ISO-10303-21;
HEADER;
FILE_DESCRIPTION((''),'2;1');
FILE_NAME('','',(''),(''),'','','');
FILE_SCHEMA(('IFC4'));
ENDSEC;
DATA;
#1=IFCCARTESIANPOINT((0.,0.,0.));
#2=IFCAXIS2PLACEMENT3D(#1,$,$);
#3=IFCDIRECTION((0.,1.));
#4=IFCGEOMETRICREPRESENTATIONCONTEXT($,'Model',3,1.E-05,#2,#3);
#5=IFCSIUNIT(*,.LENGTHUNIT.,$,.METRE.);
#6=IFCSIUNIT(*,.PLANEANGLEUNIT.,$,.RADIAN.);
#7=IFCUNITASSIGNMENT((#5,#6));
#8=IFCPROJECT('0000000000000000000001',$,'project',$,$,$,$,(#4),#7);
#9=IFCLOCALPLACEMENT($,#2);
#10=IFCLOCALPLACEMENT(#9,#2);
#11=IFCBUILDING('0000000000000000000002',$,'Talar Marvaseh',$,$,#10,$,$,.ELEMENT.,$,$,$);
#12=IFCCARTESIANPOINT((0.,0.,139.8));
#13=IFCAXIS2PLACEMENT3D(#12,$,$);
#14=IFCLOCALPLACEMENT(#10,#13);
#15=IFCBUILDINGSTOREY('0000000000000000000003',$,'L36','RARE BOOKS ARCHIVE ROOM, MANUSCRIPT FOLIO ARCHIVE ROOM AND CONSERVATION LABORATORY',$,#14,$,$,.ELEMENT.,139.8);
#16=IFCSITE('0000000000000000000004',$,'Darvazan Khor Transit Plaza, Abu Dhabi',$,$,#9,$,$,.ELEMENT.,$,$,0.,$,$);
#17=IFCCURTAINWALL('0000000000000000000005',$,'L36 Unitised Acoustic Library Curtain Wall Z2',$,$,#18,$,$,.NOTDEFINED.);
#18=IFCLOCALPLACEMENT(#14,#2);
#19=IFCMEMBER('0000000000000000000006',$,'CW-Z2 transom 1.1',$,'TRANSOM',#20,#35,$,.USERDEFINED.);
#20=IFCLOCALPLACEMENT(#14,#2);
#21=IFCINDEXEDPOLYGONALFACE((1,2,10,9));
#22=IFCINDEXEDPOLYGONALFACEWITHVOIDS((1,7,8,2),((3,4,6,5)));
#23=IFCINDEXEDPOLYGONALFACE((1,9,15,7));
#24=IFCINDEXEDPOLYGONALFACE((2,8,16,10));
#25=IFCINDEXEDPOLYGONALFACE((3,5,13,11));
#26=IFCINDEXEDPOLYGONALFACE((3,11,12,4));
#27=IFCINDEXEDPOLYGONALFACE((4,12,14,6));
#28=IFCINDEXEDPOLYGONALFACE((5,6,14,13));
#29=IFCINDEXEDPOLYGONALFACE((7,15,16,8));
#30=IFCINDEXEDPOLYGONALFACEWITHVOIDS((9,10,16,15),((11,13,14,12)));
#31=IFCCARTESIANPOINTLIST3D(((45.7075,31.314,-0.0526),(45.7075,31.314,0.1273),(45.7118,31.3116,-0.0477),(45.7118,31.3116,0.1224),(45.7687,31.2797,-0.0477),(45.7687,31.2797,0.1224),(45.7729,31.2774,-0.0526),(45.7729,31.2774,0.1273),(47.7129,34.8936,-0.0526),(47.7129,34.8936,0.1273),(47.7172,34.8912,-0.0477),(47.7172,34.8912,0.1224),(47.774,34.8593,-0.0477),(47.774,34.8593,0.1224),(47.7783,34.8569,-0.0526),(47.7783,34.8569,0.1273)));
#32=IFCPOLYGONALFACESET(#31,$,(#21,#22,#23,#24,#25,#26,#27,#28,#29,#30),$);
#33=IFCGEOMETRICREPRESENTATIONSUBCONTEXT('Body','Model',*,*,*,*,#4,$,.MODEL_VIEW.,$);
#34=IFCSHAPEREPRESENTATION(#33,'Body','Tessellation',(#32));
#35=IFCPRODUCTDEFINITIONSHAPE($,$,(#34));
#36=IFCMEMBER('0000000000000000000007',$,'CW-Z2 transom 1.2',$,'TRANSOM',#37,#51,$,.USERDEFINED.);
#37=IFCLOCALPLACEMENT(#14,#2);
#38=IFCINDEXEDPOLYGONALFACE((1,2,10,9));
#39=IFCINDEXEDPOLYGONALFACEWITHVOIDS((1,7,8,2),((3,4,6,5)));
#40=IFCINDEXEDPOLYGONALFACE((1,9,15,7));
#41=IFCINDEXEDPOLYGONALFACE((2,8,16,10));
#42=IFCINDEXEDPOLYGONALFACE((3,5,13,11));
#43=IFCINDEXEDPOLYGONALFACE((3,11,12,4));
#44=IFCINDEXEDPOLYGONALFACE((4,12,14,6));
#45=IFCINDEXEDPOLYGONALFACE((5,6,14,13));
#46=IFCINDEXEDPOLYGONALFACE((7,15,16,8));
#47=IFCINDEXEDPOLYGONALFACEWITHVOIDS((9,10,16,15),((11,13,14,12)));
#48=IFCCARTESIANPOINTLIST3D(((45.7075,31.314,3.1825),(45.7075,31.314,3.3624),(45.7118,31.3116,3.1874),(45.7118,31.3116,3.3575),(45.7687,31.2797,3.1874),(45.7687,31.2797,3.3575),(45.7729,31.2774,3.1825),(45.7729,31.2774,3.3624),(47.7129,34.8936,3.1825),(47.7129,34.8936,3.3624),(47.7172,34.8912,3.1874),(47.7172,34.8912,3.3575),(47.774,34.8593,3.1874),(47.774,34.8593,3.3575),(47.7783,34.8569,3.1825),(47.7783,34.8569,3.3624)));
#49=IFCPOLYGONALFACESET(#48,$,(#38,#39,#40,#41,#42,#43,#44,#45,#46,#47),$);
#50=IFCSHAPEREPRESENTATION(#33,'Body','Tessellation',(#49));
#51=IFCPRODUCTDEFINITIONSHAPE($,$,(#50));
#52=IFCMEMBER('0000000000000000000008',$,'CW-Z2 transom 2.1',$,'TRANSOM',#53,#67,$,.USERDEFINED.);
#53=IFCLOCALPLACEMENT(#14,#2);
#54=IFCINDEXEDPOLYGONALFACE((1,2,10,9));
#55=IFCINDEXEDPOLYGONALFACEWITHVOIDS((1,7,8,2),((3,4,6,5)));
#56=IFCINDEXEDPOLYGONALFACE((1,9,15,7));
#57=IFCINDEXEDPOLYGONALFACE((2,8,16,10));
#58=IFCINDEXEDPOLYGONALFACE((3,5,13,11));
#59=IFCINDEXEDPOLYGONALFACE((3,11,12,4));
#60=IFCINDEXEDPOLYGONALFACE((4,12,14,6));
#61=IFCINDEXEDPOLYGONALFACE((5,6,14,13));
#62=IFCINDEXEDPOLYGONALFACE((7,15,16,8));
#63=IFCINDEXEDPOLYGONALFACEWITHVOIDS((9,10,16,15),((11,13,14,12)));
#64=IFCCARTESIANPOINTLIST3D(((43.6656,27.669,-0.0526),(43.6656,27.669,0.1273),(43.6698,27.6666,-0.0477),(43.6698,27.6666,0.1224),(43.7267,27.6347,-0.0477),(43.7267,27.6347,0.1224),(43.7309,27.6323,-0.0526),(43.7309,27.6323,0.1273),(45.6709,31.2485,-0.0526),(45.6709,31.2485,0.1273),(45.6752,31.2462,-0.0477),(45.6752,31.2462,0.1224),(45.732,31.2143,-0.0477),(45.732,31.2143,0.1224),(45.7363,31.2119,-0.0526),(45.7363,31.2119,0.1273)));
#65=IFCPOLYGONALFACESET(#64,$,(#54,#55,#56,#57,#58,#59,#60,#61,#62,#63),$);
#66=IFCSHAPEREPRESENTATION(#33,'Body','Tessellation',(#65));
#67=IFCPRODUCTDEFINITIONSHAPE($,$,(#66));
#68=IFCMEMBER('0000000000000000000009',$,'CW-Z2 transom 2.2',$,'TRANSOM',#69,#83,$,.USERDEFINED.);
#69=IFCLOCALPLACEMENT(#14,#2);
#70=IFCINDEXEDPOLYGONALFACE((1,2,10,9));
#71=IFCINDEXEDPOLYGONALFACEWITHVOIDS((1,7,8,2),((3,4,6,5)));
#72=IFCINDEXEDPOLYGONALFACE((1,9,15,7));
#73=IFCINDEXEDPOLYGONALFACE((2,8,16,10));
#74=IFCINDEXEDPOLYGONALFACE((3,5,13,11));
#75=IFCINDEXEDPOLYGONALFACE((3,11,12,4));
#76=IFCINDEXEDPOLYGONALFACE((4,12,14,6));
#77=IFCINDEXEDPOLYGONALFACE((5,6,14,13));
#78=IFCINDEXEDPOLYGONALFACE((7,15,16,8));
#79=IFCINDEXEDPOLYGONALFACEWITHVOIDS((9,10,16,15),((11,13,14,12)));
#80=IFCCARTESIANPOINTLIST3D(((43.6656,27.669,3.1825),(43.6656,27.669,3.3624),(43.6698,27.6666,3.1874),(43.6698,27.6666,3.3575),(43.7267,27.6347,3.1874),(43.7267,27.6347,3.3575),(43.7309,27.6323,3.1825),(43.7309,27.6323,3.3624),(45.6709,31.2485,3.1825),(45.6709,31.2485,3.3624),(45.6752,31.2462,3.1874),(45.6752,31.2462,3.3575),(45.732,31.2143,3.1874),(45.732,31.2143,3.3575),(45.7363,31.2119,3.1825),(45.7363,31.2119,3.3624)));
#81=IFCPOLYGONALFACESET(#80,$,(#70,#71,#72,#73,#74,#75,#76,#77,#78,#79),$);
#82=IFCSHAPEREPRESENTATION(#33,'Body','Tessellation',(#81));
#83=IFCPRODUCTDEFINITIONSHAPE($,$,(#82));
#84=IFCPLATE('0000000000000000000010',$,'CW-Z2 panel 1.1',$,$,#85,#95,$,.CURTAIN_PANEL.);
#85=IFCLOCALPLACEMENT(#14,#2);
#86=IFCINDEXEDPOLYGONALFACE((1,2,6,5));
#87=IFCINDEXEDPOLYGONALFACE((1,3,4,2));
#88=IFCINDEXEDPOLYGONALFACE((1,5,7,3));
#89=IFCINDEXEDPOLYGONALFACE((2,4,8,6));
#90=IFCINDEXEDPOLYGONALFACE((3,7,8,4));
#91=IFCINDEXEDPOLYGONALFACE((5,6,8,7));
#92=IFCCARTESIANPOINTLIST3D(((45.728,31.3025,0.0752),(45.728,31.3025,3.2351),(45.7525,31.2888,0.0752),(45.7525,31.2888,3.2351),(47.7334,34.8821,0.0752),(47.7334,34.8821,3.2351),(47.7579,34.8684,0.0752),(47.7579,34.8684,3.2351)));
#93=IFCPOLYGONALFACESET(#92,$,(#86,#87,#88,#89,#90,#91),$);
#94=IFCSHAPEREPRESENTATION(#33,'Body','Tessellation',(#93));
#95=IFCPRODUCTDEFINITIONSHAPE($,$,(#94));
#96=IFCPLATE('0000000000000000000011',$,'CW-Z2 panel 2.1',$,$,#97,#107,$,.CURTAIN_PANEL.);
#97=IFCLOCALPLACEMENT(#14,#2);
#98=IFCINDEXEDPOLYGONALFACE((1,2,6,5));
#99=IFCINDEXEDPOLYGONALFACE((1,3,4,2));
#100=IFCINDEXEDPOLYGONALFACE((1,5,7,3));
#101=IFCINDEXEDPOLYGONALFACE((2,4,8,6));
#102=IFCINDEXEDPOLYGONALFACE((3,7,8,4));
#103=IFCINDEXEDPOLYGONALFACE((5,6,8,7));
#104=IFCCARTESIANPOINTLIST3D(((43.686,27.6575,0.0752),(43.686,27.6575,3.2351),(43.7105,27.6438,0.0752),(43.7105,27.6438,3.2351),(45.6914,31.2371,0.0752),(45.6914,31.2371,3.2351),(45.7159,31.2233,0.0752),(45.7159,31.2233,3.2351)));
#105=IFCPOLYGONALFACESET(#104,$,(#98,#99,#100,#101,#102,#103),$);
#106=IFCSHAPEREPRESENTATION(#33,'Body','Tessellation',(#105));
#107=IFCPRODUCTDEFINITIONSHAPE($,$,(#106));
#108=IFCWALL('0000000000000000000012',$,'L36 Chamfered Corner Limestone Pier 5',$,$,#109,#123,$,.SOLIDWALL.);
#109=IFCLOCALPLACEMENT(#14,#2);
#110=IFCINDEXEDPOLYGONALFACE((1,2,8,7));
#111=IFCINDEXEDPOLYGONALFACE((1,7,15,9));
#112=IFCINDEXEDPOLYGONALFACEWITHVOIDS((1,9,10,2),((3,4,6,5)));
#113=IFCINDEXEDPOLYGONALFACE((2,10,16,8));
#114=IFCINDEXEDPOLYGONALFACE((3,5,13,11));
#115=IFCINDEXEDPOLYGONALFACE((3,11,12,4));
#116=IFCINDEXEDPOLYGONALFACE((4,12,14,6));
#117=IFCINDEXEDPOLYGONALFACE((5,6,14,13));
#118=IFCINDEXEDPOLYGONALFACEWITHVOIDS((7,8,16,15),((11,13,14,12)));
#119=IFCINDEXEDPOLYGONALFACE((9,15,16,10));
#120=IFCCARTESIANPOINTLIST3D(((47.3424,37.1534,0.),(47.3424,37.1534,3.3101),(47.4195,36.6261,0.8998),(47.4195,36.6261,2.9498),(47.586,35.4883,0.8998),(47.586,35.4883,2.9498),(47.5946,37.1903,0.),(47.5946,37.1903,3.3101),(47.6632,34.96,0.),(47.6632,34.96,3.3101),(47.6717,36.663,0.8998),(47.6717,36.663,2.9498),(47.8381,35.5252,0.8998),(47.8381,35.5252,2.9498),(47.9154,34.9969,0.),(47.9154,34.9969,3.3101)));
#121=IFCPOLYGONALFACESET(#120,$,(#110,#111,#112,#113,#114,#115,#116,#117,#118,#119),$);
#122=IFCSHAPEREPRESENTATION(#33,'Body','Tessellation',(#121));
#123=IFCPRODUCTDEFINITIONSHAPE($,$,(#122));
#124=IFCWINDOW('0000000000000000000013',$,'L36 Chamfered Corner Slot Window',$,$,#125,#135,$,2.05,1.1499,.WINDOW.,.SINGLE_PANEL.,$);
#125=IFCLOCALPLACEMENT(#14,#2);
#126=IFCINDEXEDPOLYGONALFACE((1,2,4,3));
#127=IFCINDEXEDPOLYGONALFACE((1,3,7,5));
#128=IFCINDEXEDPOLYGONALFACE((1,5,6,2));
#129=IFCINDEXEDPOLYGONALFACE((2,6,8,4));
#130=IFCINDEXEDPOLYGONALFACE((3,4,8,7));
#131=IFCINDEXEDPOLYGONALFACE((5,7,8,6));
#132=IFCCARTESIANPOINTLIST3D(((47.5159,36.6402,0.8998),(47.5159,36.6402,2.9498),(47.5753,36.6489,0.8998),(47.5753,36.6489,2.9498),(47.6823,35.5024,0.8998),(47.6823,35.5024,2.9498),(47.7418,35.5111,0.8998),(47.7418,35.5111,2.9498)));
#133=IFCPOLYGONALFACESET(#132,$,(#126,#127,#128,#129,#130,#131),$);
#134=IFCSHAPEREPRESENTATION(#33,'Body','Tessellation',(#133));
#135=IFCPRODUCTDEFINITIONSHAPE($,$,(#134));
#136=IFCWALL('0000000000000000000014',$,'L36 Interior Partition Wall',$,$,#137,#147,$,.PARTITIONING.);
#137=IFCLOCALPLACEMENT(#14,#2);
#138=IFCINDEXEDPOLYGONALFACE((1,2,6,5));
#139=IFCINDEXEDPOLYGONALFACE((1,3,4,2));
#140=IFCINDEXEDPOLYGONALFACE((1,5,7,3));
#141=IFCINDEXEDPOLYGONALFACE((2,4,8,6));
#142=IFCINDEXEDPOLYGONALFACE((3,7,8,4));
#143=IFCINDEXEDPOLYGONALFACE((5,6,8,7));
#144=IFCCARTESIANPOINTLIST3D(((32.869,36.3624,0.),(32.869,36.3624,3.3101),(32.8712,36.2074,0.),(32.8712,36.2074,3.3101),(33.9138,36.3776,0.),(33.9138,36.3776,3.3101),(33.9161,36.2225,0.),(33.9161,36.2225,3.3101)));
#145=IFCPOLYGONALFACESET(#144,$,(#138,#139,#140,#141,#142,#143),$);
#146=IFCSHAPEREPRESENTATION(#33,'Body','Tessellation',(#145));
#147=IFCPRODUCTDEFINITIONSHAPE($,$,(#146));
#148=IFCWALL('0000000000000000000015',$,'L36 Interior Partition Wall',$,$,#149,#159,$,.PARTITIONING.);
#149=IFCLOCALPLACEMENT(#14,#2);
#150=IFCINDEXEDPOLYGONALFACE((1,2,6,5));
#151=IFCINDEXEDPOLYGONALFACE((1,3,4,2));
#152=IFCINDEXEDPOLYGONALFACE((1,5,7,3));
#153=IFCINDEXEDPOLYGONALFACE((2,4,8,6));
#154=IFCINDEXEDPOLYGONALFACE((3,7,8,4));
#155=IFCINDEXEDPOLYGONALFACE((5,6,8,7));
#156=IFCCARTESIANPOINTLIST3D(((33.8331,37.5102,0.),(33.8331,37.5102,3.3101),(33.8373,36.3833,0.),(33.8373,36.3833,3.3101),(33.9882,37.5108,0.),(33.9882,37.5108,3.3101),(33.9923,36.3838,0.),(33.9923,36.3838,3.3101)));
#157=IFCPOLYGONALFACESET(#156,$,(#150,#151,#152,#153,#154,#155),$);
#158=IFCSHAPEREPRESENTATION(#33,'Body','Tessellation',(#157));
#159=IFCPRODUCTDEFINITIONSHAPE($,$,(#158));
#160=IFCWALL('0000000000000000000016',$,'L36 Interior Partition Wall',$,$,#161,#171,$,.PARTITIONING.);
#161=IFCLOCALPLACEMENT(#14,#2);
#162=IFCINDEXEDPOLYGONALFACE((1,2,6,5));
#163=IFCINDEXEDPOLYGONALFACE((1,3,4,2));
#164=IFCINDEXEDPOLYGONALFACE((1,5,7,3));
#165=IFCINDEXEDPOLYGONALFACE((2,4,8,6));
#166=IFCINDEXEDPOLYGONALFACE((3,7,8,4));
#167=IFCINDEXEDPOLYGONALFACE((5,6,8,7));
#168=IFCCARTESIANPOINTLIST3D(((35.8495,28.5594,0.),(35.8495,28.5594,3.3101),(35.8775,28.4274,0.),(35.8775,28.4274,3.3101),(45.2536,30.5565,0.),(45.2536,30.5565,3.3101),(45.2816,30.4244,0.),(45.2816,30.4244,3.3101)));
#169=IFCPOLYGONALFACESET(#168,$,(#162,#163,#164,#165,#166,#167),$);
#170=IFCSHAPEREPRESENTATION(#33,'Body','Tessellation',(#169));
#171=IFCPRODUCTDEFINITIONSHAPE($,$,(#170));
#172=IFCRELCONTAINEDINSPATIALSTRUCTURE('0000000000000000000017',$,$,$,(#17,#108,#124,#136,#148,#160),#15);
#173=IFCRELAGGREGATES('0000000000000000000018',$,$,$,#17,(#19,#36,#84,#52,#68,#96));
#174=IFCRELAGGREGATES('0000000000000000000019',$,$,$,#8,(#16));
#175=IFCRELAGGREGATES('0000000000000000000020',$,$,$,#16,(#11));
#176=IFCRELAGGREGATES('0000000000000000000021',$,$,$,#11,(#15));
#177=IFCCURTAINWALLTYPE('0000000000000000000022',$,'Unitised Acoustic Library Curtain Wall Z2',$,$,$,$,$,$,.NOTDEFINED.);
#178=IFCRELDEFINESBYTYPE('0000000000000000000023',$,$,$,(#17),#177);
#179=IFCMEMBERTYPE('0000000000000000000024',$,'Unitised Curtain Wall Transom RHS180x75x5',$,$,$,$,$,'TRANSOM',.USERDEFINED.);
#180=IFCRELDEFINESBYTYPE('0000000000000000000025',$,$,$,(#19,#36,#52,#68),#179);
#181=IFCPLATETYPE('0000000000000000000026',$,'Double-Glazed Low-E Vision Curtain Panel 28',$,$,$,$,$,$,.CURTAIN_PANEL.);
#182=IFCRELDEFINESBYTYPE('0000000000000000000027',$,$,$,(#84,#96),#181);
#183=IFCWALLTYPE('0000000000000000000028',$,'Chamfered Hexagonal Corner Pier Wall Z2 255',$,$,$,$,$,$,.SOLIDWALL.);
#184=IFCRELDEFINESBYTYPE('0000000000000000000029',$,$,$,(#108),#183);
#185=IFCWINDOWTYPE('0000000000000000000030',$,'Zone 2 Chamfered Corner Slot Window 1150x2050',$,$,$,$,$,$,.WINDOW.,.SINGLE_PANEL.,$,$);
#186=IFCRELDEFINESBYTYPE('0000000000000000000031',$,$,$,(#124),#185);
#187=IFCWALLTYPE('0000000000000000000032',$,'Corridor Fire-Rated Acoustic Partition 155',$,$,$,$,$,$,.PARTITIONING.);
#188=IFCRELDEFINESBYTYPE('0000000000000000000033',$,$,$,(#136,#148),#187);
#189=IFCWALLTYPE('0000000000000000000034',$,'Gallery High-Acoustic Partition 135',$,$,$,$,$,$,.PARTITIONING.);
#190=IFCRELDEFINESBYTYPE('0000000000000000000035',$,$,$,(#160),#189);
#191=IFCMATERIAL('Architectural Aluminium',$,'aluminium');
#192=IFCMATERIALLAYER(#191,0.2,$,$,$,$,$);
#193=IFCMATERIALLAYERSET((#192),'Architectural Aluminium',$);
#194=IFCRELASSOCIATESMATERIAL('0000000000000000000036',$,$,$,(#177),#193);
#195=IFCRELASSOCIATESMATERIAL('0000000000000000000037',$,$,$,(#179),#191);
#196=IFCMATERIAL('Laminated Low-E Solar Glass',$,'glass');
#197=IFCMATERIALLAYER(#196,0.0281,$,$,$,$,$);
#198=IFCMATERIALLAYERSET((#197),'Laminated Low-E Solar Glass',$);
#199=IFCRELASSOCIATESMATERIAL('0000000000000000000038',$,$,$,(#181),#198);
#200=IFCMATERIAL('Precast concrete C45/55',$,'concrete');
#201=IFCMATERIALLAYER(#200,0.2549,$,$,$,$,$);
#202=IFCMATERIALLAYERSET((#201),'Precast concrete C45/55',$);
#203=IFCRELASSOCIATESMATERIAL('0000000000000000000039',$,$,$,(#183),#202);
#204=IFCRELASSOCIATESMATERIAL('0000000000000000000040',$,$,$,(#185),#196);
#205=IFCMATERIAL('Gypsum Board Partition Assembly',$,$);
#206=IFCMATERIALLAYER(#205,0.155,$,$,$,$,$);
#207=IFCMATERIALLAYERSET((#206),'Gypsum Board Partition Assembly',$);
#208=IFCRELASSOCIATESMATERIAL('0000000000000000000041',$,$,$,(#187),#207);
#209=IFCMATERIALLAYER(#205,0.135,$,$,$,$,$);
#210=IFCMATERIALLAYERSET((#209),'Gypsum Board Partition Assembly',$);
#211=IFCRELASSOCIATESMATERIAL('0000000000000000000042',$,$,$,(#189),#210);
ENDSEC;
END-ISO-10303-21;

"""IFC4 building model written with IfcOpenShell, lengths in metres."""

from ifc_helpers import new_model, si_unit, direction, frame, frame_2d, origin, origin_2d, place, context, subcontext, project, spatial, rectangle, hollow_rectangle, extrude, source, transform, mapped, material, layer, layer_set, material_profile, profile_set, type_object, type_shapes, element, fill, aggregate, save


model = new_model("IFC4")

# Units and contexts
model_context = context("Model", 3, precision=1e-05, world=origin(), true_north=direction((0.0, 1.0)))
body_context = subcontext(model_context, "Body", "Model", "MODEL_VIEW")
ifc_project = project(units=[si_unit("LENGTHUNIT", "METRE"), si_unit("PLANEANGLEUNIT", "RADIAN")], contexts=[model_context])

# Site, building, storey
site_placement = place(None, origin())
site = spatial("IfcSite", under=ifc_project, at=site_placement, Name="Darvazan Khor Transit Plaza, Abu Dhabi", CompositionType="ELEMENT", RefElevation=0.0)
building_placement = place(site_placement, origin())
building = spatial("IfcBuilding", under=site, at=building_placement, Name="Talar Marvaseh", CompositionType="ELEMENT")
storey_placement = place(building_placement, frame((0.0, 0.0, 139.8)))
storey = spatial("IfcBuildingStorey", under=building, at=storey_placement, Name="L36", Description="RARE BOOKS ARCHIVE ROOM, MANUSCRIPT FOLIO ARCHIVE ROOM AND CONSERVATION LABORATORY", CompositionType="ELEMENT", Elevation=139.8)

# Shared definitions
ifc_material_1 = material(Name="Architectural Aluminium", Category="aluminium")
ifc_layer_1 = layer(ifc_material_1, 0.2)
ifc_layer_set_1 = layer_set([ifc_layer_1], Name="Architectural Aluminium")
curtain_wall_type = type_object("IfcCurtainWallType", Name="Unitised Acoustic Library Curtain Wall Z2", PredefinedType="NOTDEFINED", material=ifc_layer_set_1)

# Curtain wall, members, plates
curtain_wall_1_placement = place(storey_placement, origin())
curtain_wall_1 = element("IfcCurtainWall", 1, at=curtain_wall_1_placement, inside=storey, type_object=curtain_wall_type, Name="L36 Unitised Acoustic Library Curtain Wall Z2", PredefinedType="NOTDEFINED")
ifc_material_profile_1 = material_profile(ifc_material_1, hollow_rectangle(XDim=0.075, YDim=0.1799, WallThickness=0.0049, at=origin_2d()), Name="RHS180x75x5")
ifc_profile_set_1 = profile_set([ifc_material_profile_1], Name="Architectural Aluminium")
member_type_1 = type_object("IfcMemberType", Name="Unitised Curtain Wall Transom RHS180x75x5", ElementType="TRANSOM", PredefinedType="USERDEFINED", material=ifc_profile_set_1)
shared_shape_1 = source(origin(), body_context, "Body", "SweptSolid", [
    extrude(hollow_rectangle(XDim=0.075, YDim=0.1799, WallThickness=0.0049, at=origin_2d()), origin(), (0.0, 0.0, 1.0), 4.103),
])
type_shapes(member_type_1, [shared_shape_1])
member_1_placement = place(storey_placement, frame((47.7456, 34.8752, 0.0374), z_axis=(-0.488752, -0.872423, 0.0), x_axis=(0.872423, -0.488752, 0.0)))
member_1 = element("IfcMember", 2, at=member_1_placement, type_object=member_type_1, Name="CW-Z2 transom 1.1", ObjectType="TRANSOM", PredefinedType="USERDEFINED", context=body_context, shape_type="MappedRepresentation", body=[
    mapped(shared_shape_1, transform((0.0, 0.0, 0.0), x_axis=(1.0, 0.0, 0.0), y_axis=(0.0, 1.0, 0.0), z_axis=(0.0, 0.0, 1.0), scale=1.0)),
])
member_2_placement = place(storey_placement, frame((47.7456, 34.8752, 3.2725), z_axis=(-0.488752, -0.872423, 0.0), x_axis=(0.872423, -0.488752, 0.0)))
member_2 = element("IfcMember", 3, at=member_2_placement, type_object=member_type_1, Name="CW-Z2 transom 1.2", ObjectType="TRANSOM", PredefinedType="USERDEFINED", context=body_context, shape_type="MappedRepresentation", body=[
    mapped(shared_shape_1, transform((0.0, 0.0, 0.0), x_axis=(1.0, 0.0, 0.0), y_axis=(0.0, 1.0, 0.0), z_axis=(0.0, 0.0, 1.0), scale=1.0)),
])
member_3_placement = place(storey_placement, frame((45.7036, 31.2302, 0.0374), z_axis=(-0.488752, -0.872423, 0.0), x_axis=(0.872423, -0.488752, 0.0)))
member_3 = element("IfcMember", 4, at=member_3_placement, type_object=member_type_1, Name="CW-Z2 transom 2.1", ObjectType="TRANSOM", PredefinedType="USERDEFINED", context=body_context, shape_type="MappedRepresentation", body=[
    mapped(shared_shape_1, transform((0.0, 0.0, 0.0), x_axis=(1.0, 0.0, 0.0), y_axis=(0.0, 1.0, 0.0), z_axis=(0.0, 0.0, 1.0), scale=1.0)),
])
member_4_placement = place(storey_placement, frame((45.7036, 31.2302, 3.2725), z_axis=(-0.488752, -0.872423, 0.0), x_axis=(0.872423, -0.488752, 0.0)))
member_4 = element("IfcMember", 5, at=member_4_placement, type_object=member_type_1, Name="CW-Z2 transom 2.2", ObjectType="TRANSOM", PredefinedType="USERDEFINED", context=body_context, shape_type="MappedRepresentation", body=[
    mapped(shared_shape_1, transform((0.0, 0.0, 0.0), x_axis=(1.0, 0.0, 0.0), y_axis=(0.0, 1.0, 0.0), z_axis=(0.0, 0.0, 1.0), scale=1.0)),
])
ifc_material_2 = material(Name="Laminated Low-E Solar Glass", Category="glass")
ifc_layer_2 = layer(ifc_material_2, 0.0281)
ifc_layer_set_2 = layer_set([ifc_layer_2], Name="Laminated Low-E Solar Glass")
plate_type = type_object("IfcPlateType", Name="Double-Glazed Low-E Vision Curtain Panel 28", PredefinedType="CURTAIN_PANEL", material=ifc_layer_set_2)
shared_shape_2 = source(origin(), body_context, "Body", "SweptSolid", [
    extrude(rectangle(XDim=4.103, YDim=0.0281, at=origin_2d()), origin(), (0.0, 0.0, 1.0), 3.1599),
])
type_shapes(plate_type, [shared_shape_2])
plate_1_placement = place(storey_placement, frame((46.7429, 33.0854, 0.0752), z_axis=(0.0, 0.0, 1.0), x_axis=(-0.48876, -0.872418, 0.0)))
plate_1 = element("IfcPlate", 6, at=plate_1_placement, type_object=plate_type, Name="CW-Z2 panel 1.1", PredefinedType="CURTAIN_PANEL", context=body_context, shape_type="MappedRepresentation", body=[
    mapped(shared_shape_2, transform((0.0, 0.0, 0.0), x_axis=(1.0, 0.0, 0.0), y_axis=(0.0, 1.0, 0.0), z_axis=(0.0, 0.0, 1.0), scale=1.0)),
])
plate_2_placement = place(storey_placement, frame((44.7009, 29.4404, 0.0752), z_axis=(0.0, 0.0, 1.0), x_axis=(-0.48876, -0.872418, 0.0)))
plate_2 = element("IfcPlate", 7, at=plate_2_placement, type_object=plate_type, Name="CW-Z2 panel 2.1", PredefinedType="CURTAIN_PANEL", context=body_context, shape_type="MappedRepresentation", body=[
    mapped(shared_shape_2, transform((0.0, 0.0, 0.0), x_axis=(1.0, 0.0, 0.0), y_axis=(0.0, 1.0, 0.0), z_axis=(0.0, 0.0, 1.0), scale=1.0)),
])
aggregate(curtain_wall_1, [member_1, member_2, plate_1, member_3, member_4, plate_2])

# Wall, opening, window
ifc_material_3 = material(Name="Precast concrete C45/55", Category="concrete")
ifc_layer_3 = layer(ifc_material_3, 0.2549)
ifc_layer_set_3 = layer_set([ifc_layer_3], Name="Precast concrete C45/55")
wall_type_1 = type_object("IfcWallType", Name="Chamfered Hexagonal Corner Pier Wall Z2 255", PredefinedType="SOLIDWALL", material=ifc_layer_set_3)
wall_1_placement = place(storey_placement, frame((47.4685, 37.1719, 0.0), z_axis=(0.0, 0.0, 1.0), x_axis=(0.14472, -0.989473, 0.0)))
wall_1 = element("IfcWall", 8, at=wall_1_placement, inside=storey, type_object=wall_type_1, Name="L36 Chamfered Corner Limestone Pier 5", PredefinedType="SOLIDWALL", context=body_context, shape_type="SweptSolid", body=[
    extrude(rectangle(XDim=2.2168, YDim=0.2549, at=frame_2d((1.1084, 0.0))), origin(), (0.0, 0.0, 1.0), 3.3101),
])
opening_1_placement = place(wall_1_placement, frame((0.533, 0.0, 0.8999)))
opening_1 = element("IfcOpeningElement", 9, at=opening_1_placement, cuts=wall_1, PredefinedType="OPENING", context=body_context, shape_type="SweptSolid", body=[
    extrude(rectangle(XDim=1.1499, YDim=2.05, at=frame_2d((0.575, 1.0249))), frame((0.0, 0.1375, 0.0), z_axis=(0.0, -1.0, 0.0), x_axis=(1.0, 0.0, 0.0)), (0.0, 0.0, 1.0), 0.2749),
])
window_type = type_object("IfcWindowType", Name="Zone 2 Chamfered Corner Slot Window 1150x2050", PartitioningType="SINGLE_PANEL", PredefinedType="WINDOW", material=ifc_material_2)
shared_shape_3 = source(origin(), body_context, "Body", "SweptSolid", [
    extrude(rectangle(XDim=1.1499, YDim=2.05, at=frame_2d((0.575, 1.0249))), frame((0.0, 0.03, 0.0), z_axis=(0.0, -1.0, 0.0), x_axis=(1.0, 0.0, 0.0)), (0.0, 0.0, 1.0), 0.0601),
])
type_shapes(window_type, [shared_shape_3])
window_placement = place(opening_1_placement, origin())
window = element("IfcWindow", 10, at=window_placement, inside=storey, type_object=window_type, Name="L36 Chamfered Corner Slot Window", OverallHeight=2.05, OverallWidth=1.1499, PartitioningType="SINGLE_PANEL", PredefinedType="WINDOW", context=body_context, shape_type="MappedRepresentation", body=[
    mapped(shared_shape_3, transform((0.0, 0.0, 0.0), x_axis=(1.0, 0.0, 0.0), y_axis=(0.0, 1.0, 0.0), z_axis=(0.0, 0.0, 1.0), scale=1.0)),
])
fill(opening_1, window)

# Walls
ifc_material_4 = material(Name="Gypsum Board Partition Assembly")
ifc_layer_4 = layer(ifc_material_4, 0.155)
ifc_layer_set_4 = layer_set([ifc_layer_4], Name="Gypsum Board Partition Assembly")
wall_type_2 = type_object("IfcWallType", Name="Corridor Fire-Rated Acoustic Partition 155", PredefinedType="PARTITIONING", material=ifc_layer_set_4)
wall_2_placement = place(storey_placement, frame((32.8701, 36.2849, 0.0), z_axis=(0.0, 0.0, 1.0), x_axis=(0.999895, 0.014484, 0.0)))
element("IfcWall", 11, at=wall_2_placement, inside=storey, type_object=wall_type_2, Name="L36 Interior Partition Wall", PredefinedType="PARTITIONING", context=body_context, shape_type="SweptSolid", body=[
    extrude(rectangle(XDim=1.0449, YDim=0.155, at=frame_2d((0.5225, 0.0))), origin(), (0.0, 0.0, 1.0), 3.3101),
])
wall_3_placement = place(storey_placement, frame((33.9148, 36.3835, 0.0), z_axis=(0.0, 0.0, 1.0), x_axis=(-0.003683, 0.999993, 0.0)))
element("IfcWall", 12, at=wall_3_placement, inside=storey, type_object=wall_type_2, Name="L36 Interior Partition Wall", PredefinedType="PARTITIONING", context=body_context, shape_type="SweptSolid", body=[
    extrude(rectangle(XDim=1.127, YDim=0.155, at=frame_2d((0.5635, 0.0))), origin(), (0.0, 0.0, 1.0), 3.3101),
])
ifc_layer_5 = layer(ifc_material_4, 0.135)
ifc_layer_set_5 = layer_set([ifc_layer_5], Name="Gypsum Board Partition Assembly")
wall_type_3 = type_object("IfcWallType", Name="Gallery High-Acoustic Partition 135", PredefinedType="PARTITIONING", material=ifc_layer_set_5)
wall_4_placement = place(storey_placement, frame((35.8635, 28.4934, 0.0), z_axis=(0.0, 0.0, 1.0), x_axis=(0.978186, 0.20773, 0.0)))
element("IfcWall", 13, at=wall_4_placement, inside=storey, type_object=wall_type_3, Name="L36 Interior Partition Wall", PredefinedType="PARTITIONING", context=body_context, shape_type="SweptSolid", body=[
    extrude(rectangle(XDim=9.6138, YDim=0.135, at=frame_2d((4.8069, 0.0))), origin(), (0.0, 0.0, 1.0), 3.3101),
])

save(model, "model.ifc")
